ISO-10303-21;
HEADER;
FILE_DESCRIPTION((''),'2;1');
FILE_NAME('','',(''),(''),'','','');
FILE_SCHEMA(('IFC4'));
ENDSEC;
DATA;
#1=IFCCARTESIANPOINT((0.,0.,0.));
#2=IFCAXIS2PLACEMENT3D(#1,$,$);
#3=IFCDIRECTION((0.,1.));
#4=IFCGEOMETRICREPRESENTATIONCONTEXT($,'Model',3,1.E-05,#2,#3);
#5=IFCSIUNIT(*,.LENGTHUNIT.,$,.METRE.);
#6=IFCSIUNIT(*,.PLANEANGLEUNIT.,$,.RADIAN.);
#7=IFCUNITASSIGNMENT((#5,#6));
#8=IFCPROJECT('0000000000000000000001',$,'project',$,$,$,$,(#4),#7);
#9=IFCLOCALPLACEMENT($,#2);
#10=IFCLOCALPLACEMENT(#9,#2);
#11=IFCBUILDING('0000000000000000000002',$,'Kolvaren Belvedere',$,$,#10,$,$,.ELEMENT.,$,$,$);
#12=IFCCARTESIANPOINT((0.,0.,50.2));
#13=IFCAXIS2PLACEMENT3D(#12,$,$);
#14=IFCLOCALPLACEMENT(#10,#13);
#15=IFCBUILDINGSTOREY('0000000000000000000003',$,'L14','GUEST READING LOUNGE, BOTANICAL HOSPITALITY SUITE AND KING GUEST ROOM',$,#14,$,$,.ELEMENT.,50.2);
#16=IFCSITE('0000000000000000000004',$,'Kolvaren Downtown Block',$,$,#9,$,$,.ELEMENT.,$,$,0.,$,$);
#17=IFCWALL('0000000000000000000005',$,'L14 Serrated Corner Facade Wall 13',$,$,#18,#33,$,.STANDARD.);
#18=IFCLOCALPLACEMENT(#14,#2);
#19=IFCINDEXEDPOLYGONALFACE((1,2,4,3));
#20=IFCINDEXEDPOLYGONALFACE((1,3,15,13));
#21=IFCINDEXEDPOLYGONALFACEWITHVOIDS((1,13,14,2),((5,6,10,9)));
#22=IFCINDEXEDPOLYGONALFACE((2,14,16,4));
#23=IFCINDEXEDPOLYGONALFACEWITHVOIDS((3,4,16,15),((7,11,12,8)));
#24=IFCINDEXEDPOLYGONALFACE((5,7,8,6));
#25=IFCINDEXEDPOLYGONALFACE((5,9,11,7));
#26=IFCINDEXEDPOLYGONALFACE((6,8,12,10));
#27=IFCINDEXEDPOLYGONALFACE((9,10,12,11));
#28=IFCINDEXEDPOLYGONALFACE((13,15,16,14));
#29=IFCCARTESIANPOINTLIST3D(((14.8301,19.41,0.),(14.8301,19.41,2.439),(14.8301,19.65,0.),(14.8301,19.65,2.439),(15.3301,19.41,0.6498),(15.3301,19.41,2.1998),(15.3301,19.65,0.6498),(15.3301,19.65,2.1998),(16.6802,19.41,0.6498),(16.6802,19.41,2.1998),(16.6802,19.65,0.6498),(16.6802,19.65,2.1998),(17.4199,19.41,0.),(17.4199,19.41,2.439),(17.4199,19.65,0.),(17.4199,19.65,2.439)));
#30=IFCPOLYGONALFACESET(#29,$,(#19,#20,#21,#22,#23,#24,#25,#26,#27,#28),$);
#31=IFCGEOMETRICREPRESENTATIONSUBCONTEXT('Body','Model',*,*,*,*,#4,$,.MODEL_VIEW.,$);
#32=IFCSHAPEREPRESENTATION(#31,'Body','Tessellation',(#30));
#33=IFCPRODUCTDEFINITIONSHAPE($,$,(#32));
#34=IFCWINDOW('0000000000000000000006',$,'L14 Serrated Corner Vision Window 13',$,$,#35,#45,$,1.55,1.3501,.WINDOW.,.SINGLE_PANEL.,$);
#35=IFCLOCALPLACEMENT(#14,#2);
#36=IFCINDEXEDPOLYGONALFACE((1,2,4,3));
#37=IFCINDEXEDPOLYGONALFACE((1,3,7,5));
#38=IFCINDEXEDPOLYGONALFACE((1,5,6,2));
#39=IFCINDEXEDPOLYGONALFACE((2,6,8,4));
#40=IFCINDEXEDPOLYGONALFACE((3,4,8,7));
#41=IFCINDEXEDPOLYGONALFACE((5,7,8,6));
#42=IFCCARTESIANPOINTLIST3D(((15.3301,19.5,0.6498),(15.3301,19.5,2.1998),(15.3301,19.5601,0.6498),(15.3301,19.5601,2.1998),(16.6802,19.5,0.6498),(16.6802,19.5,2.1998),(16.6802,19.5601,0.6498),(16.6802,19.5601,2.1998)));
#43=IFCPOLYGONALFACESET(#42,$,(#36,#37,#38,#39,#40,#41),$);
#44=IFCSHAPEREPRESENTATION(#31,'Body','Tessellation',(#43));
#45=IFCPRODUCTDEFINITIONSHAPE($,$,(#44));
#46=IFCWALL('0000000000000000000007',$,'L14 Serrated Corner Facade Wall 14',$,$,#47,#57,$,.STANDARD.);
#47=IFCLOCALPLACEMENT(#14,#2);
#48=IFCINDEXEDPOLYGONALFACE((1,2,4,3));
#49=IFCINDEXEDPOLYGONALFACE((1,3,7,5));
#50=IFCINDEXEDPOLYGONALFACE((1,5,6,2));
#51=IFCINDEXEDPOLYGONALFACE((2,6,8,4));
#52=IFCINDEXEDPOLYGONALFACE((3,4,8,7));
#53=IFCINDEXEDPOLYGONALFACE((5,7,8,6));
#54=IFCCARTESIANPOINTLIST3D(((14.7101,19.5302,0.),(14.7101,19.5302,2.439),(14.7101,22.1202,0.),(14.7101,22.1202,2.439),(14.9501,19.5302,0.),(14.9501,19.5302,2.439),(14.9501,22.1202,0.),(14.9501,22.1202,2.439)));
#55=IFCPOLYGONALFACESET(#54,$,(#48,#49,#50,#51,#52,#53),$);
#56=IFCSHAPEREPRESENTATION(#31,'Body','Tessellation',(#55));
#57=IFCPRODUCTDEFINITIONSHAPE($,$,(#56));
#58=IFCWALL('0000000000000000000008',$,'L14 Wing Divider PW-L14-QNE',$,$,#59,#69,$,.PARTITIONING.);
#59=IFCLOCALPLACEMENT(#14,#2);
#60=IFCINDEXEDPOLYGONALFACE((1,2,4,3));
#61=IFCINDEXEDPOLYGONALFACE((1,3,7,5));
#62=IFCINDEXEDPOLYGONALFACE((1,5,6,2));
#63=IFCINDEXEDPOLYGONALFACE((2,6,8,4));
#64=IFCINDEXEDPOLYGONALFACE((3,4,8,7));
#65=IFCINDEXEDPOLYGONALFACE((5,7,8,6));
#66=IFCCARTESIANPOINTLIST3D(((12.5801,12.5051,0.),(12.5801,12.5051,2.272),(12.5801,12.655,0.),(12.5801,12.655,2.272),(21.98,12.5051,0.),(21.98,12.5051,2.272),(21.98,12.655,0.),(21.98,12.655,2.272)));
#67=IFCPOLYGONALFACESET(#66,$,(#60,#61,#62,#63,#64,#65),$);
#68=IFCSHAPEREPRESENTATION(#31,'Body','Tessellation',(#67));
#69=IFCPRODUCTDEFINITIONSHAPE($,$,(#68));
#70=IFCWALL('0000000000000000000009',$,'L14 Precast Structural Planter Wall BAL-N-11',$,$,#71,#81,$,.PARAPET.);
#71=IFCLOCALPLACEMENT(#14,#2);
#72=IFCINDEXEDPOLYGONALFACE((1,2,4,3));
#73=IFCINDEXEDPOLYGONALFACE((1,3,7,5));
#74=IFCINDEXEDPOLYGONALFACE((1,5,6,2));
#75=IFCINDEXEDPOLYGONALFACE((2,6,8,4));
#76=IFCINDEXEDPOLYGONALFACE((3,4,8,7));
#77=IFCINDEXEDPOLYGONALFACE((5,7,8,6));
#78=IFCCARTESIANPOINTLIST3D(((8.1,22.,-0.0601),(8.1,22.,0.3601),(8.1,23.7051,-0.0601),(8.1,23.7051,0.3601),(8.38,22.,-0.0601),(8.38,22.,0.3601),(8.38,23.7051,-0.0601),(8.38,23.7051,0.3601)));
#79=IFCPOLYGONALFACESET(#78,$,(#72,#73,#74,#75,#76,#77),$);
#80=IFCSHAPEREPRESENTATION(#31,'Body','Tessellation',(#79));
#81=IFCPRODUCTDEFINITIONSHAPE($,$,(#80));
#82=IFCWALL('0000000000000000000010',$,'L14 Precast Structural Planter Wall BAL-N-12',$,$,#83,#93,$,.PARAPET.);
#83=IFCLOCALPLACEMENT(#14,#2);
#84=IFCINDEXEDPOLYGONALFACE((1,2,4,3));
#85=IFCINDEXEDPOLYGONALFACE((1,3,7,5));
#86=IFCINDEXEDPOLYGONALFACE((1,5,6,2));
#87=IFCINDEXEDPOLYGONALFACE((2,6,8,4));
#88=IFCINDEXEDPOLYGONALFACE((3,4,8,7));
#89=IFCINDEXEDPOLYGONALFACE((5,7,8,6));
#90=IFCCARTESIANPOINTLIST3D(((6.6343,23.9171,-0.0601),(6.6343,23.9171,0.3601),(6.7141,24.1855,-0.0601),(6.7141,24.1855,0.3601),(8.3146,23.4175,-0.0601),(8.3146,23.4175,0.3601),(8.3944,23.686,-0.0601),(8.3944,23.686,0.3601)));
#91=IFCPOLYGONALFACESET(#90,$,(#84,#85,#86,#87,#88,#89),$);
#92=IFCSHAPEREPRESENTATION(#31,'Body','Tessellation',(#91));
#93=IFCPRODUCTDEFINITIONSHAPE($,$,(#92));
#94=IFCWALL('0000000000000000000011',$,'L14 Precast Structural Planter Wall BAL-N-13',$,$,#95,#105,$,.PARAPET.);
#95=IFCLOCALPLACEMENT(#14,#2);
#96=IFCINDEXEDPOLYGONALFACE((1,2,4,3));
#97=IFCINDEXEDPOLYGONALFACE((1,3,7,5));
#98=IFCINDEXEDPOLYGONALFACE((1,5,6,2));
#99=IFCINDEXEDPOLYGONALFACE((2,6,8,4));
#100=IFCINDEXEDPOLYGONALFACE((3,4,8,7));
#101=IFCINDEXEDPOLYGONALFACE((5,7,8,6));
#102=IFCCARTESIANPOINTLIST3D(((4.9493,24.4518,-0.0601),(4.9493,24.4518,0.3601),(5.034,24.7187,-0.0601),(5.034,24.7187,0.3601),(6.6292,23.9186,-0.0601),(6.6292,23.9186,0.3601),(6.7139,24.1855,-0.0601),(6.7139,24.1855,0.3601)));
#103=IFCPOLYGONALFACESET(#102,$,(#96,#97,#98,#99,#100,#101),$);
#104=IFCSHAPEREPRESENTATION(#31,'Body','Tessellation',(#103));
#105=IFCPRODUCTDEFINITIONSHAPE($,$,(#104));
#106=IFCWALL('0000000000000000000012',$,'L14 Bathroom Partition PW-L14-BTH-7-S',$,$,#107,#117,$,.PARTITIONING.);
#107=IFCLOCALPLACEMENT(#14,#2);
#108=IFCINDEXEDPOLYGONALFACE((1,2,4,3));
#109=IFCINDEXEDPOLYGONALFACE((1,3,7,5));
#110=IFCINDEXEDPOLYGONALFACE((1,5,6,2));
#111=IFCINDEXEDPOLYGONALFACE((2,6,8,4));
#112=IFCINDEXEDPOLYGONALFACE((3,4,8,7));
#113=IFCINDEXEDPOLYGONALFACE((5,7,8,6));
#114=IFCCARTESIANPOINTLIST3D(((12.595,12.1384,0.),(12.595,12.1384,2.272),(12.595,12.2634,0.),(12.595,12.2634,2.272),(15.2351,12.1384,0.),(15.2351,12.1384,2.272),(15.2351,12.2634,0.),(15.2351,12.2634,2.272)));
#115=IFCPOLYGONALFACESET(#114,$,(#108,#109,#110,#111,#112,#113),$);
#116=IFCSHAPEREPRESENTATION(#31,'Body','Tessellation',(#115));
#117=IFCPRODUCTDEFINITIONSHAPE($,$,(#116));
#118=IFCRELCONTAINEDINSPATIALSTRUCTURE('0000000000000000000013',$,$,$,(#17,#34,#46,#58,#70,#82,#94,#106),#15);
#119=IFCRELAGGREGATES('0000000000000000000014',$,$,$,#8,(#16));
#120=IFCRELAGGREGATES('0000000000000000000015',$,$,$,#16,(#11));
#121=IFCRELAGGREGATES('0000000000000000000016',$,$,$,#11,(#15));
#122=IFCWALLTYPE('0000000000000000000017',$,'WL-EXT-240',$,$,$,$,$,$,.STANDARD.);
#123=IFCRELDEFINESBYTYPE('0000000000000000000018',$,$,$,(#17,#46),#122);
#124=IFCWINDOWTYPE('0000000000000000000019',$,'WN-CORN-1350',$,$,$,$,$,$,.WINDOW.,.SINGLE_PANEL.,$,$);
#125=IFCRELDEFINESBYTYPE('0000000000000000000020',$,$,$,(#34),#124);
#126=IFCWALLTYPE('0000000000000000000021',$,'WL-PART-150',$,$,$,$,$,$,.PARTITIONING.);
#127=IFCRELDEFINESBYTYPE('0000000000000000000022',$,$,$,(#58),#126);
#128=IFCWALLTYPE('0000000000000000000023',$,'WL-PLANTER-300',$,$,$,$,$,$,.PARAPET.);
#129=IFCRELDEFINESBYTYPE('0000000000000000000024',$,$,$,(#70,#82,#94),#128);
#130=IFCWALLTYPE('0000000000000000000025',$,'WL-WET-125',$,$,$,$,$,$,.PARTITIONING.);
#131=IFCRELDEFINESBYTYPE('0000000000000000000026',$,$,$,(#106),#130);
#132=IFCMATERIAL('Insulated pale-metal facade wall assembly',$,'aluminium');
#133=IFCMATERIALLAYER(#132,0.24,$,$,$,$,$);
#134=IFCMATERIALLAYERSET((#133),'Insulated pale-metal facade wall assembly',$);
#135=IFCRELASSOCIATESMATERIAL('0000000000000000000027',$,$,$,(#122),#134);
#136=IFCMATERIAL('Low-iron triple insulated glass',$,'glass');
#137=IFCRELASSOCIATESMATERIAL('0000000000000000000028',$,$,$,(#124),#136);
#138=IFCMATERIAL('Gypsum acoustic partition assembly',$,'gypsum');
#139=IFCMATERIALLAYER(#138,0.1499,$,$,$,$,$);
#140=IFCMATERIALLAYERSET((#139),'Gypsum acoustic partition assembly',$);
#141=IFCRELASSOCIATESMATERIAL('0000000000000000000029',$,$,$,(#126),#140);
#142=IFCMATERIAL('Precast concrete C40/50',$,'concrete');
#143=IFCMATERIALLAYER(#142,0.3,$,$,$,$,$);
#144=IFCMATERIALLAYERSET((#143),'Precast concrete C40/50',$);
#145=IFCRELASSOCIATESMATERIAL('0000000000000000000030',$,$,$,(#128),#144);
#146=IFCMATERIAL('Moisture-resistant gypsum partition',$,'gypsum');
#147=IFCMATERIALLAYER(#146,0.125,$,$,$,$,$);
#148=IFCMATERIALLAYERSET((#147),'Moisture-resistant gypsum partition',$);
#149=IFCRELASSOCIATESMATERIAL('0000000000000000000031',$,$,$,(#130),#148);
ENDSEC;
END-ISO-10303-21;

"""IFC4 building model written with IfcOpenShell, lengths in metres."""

from ifc_helpers import new_model, si_unit, direction, frame, frame_2d, origin, place, context, subcontext, project, spatial, rectangle, extrude, material, layer, layer_set, type_object, element, fill, save


model = new_model("IFC4")

# Units and contexts
model_context = context("Model", 3, precision=1e-05, world=origin(), true_north=direction((0.0, 1.0)))
body_context = subcontext(model_context, "Body", "Model", "MODEL_VIEW")
ifc_project = project(units=[si_unit("LENGTHUNIT", "METRE"), si_unit("PLANEANGLEUNIT", "RADIAN")], contexts=[model_context])

# Site, building, storey
site_placement = place(None, origin())
site = spatial("IfcSite", under=ifc_project, at=site_placement, Name="Kolvaren Downtown Block", CompositionType="ELEMENT", RefElevation=0.0)
building_placement = place(site_placement, origin())
building = spatial("IfcBuilding", under=site, at=building_placement, Name="Kolvaren Belvedere", CompositionType="ELEMENT")
storey_placement = place(building_placement, frame((0.0, 0.0, 50.2)))
storey = spatial("IfcBuildingStorey", under=building, at=storey_placement, Name="L14", Description="GUEST READING LOUNGE, BOTANICAL HOSPITALITY SUITE AND KING GUEST ROOM", CompositionType="ELEMENT", Elevation=50.2)

# Shared definitions
ifc_material_1 = material(Name="Insulated pale-metal facade wall assembly", Category="aluminium")
ifc_layer_1 = layer(ifc_material_1, 0.24)
ifc_layer_set_1 = layer_set([ifc_layer_1], Name="Insulated pale-metal facade wall assembly")
wall_type_1 = type_object("IfcWallType", Name="WL-EXT-240", PredefinedType="STANDARD", material=ifc_layer_set_1)

# Wall, opening, window
ifc_material_2 = material(Name="Low-iron triple insulated glass", Category="glass")
window_type = type_object("IfcWindowType", Name="WN-CORN-1350", PartitioningType="SINGLE_PANEL", PredefinedType="WINDOW", material=ifc_material_2)
wall_1_placement = place(storey_placement, frame((14.8301, 19.53, 0.0), z_axis=(0.0, 0.0, 1.0), x_axis=(1.0, 0.0, 0.0)))
wall_1 = element("IfcWall", 1, at=wall_1_placement, inside=storey, type_object=wall_type_1, Name="L14 Serrated Corner Facade Wall 13", PredefinedType="STANDARD", context=body_context, shape_type="SweptSolid", body=[
    extrude(rectangle(XDim=2.5898, YDim=0.24, at=frame_2d((1.2949, 0.0))), origin(), (0.0, 0.0, 1.0), 2.439),
])
opening_1_placement = place(wall_1_placement, frame((0.5, 0.0, 0.6499)))
opening_1 = element("IfcOpeningElement", 2, at=opening_1_placement, cuts=wall_1, PredefinedType="OPENING", context=body_context, shape_type="SweptSolid", body=[
    extrude(rectangle(XDim=1.3501, YDim=1.55, at=frame_2d((0.675, 0.7749))), frame((0.0, 0.1299, 0.0), z_axis=(0.0, -1.0, 0.0), x_axis=(1.0, 0.0, 0.0)), (0.0, 0.0, 1.0), 0.26),
])
window_1_placement = place(opening_1_placement, origin())
window_1 = element("IfcWindow", 3, at=window_1_placement, inside=storey, type_object=window_type, Name="L14 Serrated Corner Vision Window 13", OverallHeight=1.55, OverallWidth=1.3501, PartitioningType="SINGLE_PANEL", PredefinedType="WINDOW", context=body_context, shape_type="SweptSolid", body=[
    extrude(rectangle(XDim=1.3501, YDim=1.55, at=frame_2d((0.675, 0.7749))), frame((0.0, 0.03, 0.0), z_axis=(0.0, -1.0, 0.0), x_axis=(1.0, 0.0, 0.0)), (0.0, 0.0, 1.0), 0.0601),
])
fill(opening_1, window_1)

# Walls
wall_2_placement = place(storey_placement, frame((14.8301, 22.1201, 0.0), z_axis=(0.0, 0.0, 1.0), x_axis=(0.0, -1.0, 0.0)))
element("IfcWall", 4, at=wall_2_placement, inside=storey, type_object=wall_type_1, Name="L14 Serrated Corner Facade Wall 14", PredefinedType="STANDARD", context=body_context, shape_type="SweptSolid", body=[
    extrude(rectangle(XDim=2.5901, YDim=0.24, at=frame_2d((1.2949, 0.0))), origin(), (0.0, 0.0, 1.0), 2.439),
])
ifc_material_3 = material(Name="Gypsum acoustic partition assembly", Category="gypsum")
ifc_layer_2 = layer(ifc_material_3, 0.1499)
ifc_layer_set_2 = layer_set([ifc_layer_2], Name="Gypsum acoustic partition assembly")
wall_type_2 = type_object("IfcWallType", Name="WL-PART-150", PredefinedType="PARTITIONING", material=ifc_layer_set_2)
wall_3_placement = place(storey_placement, frame((12.5801, 12.5801, 0.0), z_axis=(0.0, 0.0, 1.0), x_axis=(1.0, 0.0, 0.0)))
element("IfcWall", 5, at=wall_3_placement, inside=storey, type_object=wall_type_2, Name="L14 Wing Divider PW-L14-QNE", PredefinedType="PARTITIONING", context=body_context, shape_type="SweptSolid", body=[
    extrude(rectangle(XDim=9.3999, YDim=0.1499, at=frame_2d((4.7, 0.0))), origin(), (0.0, 0.0, 1.0), 2.272),
])
ifc_material_4 = material(Name="Precast concrete C40/50", Category="concrete")
ifc_layer_3 = layer(ifc_material_4, 0.3)
ifc_layer_set_3 = layer_set([ifc_layer_3], Name="Precast concrete C40/50")
wall_type_3 = type_object("IfcWallType", Name="WL-PLANTER-300", PredefinedType="PARAPET", material=ifc_layer_set_3)
wall_4_placement = place(storey_placement, frame((8.24, 22.0, -0.0601), z_axis=(0.0, 0.0, 1.0), x_axis=(0.0, 1.0, 0.0)))
element("IfcWall", 6, at=wall_4_placement, inside=storey, type_object=wall_type_3, Name="L14 Precast Structural Planter Wall BAL-N-11", PredefinedType="PARAPET", context=body_context, shape_type="SweptSolid", body=[
    extrude(rectangle(XDim=1.7051, YDim=0.28, at=frame_2d((0.8525, 0.0))), origin(), (0.0, 0.0, 1.0), 0.4202),
])
wall_5_placement = place(storey_placement, frame((8.3545, 23.5518, -0.0601), z_axis=(0.0, 0.0, 1.0), x_axis=(-0.958536, 0.28497, 0.0)))
element("IfcWall", 7, at=wall_5_placement, inside=storey, type_object=wall_type_3, Name="L14 Precast Structural Planter Wall BAL-N-12", PredefinedType="PARAPET", context=body_context, shape_type="SweptSolid", body=[
    extrude(rectangle(XDim=1.7529, YDim=0.28, at=frame_2d((0.8765, 0.0))), origin(), (0.0, 0.0, 1.0), 0.4202),
])
wall_6_placement = place(storey_placement, frame((6.6716, 24.052, -0.0601), z_axis=(0.0, 0.0, 1.0), x_axis=(-0.953142, 0.302523, 0.0)))
element("IfcWall", 8, at=wall_6_placement, inside=storey, type_object=wall_type_3, Name="L14 Precast Structural Planter Wall BAL-N-13", PredefinedType="PARAPET", context=body_context, shape_type="SweptSolid", body=[
    extrude(rectangle(XDim=1.7625, YDim=0.28, at=frame_2d((0.8813, 0.0))), origin(), (0.0, 0.0, 1.0), 0.4202),
])
ifc_material_5 = material(Name="Moisture-resistant gypsum partition", Category="gypsum")
ifc_layer_4 = layer(ifc_material_5, 0.125)
ifc_layer_set_4 = layer_set([ifc_layer_4], Name="Moisture-resistant gypsum partition")
wall_type_4 = type_object("IfcWallType", Name="WL-WET-125", PredefinedType="PARTITIONING", material=ifc_layer_set_4)
wall_7_placement = place(storey_placement, frame((12.595, 12.2009, 0.0), z_axis=(0.0, 0.0, 1.0), x_axis=(1.0, 0.0, 0.0)))
element("IfcWall", 9, at=wall_7_placement, inside=storey, type_object=wall_type_4, Name="L14 Bathroom Partition PW-L14-BTH-7-S", PredefinedType="PARTITIONING", context=body_context, shape_type="SweptSolid", body=[
    extrude(rectangle(XDim=2.6401, YDim=0.125, at=frame_2d((1.3201, 0.0))), origin(), (0.0, 0.0, 1.0), 2.272),
])

save(model, "model.ifc")
